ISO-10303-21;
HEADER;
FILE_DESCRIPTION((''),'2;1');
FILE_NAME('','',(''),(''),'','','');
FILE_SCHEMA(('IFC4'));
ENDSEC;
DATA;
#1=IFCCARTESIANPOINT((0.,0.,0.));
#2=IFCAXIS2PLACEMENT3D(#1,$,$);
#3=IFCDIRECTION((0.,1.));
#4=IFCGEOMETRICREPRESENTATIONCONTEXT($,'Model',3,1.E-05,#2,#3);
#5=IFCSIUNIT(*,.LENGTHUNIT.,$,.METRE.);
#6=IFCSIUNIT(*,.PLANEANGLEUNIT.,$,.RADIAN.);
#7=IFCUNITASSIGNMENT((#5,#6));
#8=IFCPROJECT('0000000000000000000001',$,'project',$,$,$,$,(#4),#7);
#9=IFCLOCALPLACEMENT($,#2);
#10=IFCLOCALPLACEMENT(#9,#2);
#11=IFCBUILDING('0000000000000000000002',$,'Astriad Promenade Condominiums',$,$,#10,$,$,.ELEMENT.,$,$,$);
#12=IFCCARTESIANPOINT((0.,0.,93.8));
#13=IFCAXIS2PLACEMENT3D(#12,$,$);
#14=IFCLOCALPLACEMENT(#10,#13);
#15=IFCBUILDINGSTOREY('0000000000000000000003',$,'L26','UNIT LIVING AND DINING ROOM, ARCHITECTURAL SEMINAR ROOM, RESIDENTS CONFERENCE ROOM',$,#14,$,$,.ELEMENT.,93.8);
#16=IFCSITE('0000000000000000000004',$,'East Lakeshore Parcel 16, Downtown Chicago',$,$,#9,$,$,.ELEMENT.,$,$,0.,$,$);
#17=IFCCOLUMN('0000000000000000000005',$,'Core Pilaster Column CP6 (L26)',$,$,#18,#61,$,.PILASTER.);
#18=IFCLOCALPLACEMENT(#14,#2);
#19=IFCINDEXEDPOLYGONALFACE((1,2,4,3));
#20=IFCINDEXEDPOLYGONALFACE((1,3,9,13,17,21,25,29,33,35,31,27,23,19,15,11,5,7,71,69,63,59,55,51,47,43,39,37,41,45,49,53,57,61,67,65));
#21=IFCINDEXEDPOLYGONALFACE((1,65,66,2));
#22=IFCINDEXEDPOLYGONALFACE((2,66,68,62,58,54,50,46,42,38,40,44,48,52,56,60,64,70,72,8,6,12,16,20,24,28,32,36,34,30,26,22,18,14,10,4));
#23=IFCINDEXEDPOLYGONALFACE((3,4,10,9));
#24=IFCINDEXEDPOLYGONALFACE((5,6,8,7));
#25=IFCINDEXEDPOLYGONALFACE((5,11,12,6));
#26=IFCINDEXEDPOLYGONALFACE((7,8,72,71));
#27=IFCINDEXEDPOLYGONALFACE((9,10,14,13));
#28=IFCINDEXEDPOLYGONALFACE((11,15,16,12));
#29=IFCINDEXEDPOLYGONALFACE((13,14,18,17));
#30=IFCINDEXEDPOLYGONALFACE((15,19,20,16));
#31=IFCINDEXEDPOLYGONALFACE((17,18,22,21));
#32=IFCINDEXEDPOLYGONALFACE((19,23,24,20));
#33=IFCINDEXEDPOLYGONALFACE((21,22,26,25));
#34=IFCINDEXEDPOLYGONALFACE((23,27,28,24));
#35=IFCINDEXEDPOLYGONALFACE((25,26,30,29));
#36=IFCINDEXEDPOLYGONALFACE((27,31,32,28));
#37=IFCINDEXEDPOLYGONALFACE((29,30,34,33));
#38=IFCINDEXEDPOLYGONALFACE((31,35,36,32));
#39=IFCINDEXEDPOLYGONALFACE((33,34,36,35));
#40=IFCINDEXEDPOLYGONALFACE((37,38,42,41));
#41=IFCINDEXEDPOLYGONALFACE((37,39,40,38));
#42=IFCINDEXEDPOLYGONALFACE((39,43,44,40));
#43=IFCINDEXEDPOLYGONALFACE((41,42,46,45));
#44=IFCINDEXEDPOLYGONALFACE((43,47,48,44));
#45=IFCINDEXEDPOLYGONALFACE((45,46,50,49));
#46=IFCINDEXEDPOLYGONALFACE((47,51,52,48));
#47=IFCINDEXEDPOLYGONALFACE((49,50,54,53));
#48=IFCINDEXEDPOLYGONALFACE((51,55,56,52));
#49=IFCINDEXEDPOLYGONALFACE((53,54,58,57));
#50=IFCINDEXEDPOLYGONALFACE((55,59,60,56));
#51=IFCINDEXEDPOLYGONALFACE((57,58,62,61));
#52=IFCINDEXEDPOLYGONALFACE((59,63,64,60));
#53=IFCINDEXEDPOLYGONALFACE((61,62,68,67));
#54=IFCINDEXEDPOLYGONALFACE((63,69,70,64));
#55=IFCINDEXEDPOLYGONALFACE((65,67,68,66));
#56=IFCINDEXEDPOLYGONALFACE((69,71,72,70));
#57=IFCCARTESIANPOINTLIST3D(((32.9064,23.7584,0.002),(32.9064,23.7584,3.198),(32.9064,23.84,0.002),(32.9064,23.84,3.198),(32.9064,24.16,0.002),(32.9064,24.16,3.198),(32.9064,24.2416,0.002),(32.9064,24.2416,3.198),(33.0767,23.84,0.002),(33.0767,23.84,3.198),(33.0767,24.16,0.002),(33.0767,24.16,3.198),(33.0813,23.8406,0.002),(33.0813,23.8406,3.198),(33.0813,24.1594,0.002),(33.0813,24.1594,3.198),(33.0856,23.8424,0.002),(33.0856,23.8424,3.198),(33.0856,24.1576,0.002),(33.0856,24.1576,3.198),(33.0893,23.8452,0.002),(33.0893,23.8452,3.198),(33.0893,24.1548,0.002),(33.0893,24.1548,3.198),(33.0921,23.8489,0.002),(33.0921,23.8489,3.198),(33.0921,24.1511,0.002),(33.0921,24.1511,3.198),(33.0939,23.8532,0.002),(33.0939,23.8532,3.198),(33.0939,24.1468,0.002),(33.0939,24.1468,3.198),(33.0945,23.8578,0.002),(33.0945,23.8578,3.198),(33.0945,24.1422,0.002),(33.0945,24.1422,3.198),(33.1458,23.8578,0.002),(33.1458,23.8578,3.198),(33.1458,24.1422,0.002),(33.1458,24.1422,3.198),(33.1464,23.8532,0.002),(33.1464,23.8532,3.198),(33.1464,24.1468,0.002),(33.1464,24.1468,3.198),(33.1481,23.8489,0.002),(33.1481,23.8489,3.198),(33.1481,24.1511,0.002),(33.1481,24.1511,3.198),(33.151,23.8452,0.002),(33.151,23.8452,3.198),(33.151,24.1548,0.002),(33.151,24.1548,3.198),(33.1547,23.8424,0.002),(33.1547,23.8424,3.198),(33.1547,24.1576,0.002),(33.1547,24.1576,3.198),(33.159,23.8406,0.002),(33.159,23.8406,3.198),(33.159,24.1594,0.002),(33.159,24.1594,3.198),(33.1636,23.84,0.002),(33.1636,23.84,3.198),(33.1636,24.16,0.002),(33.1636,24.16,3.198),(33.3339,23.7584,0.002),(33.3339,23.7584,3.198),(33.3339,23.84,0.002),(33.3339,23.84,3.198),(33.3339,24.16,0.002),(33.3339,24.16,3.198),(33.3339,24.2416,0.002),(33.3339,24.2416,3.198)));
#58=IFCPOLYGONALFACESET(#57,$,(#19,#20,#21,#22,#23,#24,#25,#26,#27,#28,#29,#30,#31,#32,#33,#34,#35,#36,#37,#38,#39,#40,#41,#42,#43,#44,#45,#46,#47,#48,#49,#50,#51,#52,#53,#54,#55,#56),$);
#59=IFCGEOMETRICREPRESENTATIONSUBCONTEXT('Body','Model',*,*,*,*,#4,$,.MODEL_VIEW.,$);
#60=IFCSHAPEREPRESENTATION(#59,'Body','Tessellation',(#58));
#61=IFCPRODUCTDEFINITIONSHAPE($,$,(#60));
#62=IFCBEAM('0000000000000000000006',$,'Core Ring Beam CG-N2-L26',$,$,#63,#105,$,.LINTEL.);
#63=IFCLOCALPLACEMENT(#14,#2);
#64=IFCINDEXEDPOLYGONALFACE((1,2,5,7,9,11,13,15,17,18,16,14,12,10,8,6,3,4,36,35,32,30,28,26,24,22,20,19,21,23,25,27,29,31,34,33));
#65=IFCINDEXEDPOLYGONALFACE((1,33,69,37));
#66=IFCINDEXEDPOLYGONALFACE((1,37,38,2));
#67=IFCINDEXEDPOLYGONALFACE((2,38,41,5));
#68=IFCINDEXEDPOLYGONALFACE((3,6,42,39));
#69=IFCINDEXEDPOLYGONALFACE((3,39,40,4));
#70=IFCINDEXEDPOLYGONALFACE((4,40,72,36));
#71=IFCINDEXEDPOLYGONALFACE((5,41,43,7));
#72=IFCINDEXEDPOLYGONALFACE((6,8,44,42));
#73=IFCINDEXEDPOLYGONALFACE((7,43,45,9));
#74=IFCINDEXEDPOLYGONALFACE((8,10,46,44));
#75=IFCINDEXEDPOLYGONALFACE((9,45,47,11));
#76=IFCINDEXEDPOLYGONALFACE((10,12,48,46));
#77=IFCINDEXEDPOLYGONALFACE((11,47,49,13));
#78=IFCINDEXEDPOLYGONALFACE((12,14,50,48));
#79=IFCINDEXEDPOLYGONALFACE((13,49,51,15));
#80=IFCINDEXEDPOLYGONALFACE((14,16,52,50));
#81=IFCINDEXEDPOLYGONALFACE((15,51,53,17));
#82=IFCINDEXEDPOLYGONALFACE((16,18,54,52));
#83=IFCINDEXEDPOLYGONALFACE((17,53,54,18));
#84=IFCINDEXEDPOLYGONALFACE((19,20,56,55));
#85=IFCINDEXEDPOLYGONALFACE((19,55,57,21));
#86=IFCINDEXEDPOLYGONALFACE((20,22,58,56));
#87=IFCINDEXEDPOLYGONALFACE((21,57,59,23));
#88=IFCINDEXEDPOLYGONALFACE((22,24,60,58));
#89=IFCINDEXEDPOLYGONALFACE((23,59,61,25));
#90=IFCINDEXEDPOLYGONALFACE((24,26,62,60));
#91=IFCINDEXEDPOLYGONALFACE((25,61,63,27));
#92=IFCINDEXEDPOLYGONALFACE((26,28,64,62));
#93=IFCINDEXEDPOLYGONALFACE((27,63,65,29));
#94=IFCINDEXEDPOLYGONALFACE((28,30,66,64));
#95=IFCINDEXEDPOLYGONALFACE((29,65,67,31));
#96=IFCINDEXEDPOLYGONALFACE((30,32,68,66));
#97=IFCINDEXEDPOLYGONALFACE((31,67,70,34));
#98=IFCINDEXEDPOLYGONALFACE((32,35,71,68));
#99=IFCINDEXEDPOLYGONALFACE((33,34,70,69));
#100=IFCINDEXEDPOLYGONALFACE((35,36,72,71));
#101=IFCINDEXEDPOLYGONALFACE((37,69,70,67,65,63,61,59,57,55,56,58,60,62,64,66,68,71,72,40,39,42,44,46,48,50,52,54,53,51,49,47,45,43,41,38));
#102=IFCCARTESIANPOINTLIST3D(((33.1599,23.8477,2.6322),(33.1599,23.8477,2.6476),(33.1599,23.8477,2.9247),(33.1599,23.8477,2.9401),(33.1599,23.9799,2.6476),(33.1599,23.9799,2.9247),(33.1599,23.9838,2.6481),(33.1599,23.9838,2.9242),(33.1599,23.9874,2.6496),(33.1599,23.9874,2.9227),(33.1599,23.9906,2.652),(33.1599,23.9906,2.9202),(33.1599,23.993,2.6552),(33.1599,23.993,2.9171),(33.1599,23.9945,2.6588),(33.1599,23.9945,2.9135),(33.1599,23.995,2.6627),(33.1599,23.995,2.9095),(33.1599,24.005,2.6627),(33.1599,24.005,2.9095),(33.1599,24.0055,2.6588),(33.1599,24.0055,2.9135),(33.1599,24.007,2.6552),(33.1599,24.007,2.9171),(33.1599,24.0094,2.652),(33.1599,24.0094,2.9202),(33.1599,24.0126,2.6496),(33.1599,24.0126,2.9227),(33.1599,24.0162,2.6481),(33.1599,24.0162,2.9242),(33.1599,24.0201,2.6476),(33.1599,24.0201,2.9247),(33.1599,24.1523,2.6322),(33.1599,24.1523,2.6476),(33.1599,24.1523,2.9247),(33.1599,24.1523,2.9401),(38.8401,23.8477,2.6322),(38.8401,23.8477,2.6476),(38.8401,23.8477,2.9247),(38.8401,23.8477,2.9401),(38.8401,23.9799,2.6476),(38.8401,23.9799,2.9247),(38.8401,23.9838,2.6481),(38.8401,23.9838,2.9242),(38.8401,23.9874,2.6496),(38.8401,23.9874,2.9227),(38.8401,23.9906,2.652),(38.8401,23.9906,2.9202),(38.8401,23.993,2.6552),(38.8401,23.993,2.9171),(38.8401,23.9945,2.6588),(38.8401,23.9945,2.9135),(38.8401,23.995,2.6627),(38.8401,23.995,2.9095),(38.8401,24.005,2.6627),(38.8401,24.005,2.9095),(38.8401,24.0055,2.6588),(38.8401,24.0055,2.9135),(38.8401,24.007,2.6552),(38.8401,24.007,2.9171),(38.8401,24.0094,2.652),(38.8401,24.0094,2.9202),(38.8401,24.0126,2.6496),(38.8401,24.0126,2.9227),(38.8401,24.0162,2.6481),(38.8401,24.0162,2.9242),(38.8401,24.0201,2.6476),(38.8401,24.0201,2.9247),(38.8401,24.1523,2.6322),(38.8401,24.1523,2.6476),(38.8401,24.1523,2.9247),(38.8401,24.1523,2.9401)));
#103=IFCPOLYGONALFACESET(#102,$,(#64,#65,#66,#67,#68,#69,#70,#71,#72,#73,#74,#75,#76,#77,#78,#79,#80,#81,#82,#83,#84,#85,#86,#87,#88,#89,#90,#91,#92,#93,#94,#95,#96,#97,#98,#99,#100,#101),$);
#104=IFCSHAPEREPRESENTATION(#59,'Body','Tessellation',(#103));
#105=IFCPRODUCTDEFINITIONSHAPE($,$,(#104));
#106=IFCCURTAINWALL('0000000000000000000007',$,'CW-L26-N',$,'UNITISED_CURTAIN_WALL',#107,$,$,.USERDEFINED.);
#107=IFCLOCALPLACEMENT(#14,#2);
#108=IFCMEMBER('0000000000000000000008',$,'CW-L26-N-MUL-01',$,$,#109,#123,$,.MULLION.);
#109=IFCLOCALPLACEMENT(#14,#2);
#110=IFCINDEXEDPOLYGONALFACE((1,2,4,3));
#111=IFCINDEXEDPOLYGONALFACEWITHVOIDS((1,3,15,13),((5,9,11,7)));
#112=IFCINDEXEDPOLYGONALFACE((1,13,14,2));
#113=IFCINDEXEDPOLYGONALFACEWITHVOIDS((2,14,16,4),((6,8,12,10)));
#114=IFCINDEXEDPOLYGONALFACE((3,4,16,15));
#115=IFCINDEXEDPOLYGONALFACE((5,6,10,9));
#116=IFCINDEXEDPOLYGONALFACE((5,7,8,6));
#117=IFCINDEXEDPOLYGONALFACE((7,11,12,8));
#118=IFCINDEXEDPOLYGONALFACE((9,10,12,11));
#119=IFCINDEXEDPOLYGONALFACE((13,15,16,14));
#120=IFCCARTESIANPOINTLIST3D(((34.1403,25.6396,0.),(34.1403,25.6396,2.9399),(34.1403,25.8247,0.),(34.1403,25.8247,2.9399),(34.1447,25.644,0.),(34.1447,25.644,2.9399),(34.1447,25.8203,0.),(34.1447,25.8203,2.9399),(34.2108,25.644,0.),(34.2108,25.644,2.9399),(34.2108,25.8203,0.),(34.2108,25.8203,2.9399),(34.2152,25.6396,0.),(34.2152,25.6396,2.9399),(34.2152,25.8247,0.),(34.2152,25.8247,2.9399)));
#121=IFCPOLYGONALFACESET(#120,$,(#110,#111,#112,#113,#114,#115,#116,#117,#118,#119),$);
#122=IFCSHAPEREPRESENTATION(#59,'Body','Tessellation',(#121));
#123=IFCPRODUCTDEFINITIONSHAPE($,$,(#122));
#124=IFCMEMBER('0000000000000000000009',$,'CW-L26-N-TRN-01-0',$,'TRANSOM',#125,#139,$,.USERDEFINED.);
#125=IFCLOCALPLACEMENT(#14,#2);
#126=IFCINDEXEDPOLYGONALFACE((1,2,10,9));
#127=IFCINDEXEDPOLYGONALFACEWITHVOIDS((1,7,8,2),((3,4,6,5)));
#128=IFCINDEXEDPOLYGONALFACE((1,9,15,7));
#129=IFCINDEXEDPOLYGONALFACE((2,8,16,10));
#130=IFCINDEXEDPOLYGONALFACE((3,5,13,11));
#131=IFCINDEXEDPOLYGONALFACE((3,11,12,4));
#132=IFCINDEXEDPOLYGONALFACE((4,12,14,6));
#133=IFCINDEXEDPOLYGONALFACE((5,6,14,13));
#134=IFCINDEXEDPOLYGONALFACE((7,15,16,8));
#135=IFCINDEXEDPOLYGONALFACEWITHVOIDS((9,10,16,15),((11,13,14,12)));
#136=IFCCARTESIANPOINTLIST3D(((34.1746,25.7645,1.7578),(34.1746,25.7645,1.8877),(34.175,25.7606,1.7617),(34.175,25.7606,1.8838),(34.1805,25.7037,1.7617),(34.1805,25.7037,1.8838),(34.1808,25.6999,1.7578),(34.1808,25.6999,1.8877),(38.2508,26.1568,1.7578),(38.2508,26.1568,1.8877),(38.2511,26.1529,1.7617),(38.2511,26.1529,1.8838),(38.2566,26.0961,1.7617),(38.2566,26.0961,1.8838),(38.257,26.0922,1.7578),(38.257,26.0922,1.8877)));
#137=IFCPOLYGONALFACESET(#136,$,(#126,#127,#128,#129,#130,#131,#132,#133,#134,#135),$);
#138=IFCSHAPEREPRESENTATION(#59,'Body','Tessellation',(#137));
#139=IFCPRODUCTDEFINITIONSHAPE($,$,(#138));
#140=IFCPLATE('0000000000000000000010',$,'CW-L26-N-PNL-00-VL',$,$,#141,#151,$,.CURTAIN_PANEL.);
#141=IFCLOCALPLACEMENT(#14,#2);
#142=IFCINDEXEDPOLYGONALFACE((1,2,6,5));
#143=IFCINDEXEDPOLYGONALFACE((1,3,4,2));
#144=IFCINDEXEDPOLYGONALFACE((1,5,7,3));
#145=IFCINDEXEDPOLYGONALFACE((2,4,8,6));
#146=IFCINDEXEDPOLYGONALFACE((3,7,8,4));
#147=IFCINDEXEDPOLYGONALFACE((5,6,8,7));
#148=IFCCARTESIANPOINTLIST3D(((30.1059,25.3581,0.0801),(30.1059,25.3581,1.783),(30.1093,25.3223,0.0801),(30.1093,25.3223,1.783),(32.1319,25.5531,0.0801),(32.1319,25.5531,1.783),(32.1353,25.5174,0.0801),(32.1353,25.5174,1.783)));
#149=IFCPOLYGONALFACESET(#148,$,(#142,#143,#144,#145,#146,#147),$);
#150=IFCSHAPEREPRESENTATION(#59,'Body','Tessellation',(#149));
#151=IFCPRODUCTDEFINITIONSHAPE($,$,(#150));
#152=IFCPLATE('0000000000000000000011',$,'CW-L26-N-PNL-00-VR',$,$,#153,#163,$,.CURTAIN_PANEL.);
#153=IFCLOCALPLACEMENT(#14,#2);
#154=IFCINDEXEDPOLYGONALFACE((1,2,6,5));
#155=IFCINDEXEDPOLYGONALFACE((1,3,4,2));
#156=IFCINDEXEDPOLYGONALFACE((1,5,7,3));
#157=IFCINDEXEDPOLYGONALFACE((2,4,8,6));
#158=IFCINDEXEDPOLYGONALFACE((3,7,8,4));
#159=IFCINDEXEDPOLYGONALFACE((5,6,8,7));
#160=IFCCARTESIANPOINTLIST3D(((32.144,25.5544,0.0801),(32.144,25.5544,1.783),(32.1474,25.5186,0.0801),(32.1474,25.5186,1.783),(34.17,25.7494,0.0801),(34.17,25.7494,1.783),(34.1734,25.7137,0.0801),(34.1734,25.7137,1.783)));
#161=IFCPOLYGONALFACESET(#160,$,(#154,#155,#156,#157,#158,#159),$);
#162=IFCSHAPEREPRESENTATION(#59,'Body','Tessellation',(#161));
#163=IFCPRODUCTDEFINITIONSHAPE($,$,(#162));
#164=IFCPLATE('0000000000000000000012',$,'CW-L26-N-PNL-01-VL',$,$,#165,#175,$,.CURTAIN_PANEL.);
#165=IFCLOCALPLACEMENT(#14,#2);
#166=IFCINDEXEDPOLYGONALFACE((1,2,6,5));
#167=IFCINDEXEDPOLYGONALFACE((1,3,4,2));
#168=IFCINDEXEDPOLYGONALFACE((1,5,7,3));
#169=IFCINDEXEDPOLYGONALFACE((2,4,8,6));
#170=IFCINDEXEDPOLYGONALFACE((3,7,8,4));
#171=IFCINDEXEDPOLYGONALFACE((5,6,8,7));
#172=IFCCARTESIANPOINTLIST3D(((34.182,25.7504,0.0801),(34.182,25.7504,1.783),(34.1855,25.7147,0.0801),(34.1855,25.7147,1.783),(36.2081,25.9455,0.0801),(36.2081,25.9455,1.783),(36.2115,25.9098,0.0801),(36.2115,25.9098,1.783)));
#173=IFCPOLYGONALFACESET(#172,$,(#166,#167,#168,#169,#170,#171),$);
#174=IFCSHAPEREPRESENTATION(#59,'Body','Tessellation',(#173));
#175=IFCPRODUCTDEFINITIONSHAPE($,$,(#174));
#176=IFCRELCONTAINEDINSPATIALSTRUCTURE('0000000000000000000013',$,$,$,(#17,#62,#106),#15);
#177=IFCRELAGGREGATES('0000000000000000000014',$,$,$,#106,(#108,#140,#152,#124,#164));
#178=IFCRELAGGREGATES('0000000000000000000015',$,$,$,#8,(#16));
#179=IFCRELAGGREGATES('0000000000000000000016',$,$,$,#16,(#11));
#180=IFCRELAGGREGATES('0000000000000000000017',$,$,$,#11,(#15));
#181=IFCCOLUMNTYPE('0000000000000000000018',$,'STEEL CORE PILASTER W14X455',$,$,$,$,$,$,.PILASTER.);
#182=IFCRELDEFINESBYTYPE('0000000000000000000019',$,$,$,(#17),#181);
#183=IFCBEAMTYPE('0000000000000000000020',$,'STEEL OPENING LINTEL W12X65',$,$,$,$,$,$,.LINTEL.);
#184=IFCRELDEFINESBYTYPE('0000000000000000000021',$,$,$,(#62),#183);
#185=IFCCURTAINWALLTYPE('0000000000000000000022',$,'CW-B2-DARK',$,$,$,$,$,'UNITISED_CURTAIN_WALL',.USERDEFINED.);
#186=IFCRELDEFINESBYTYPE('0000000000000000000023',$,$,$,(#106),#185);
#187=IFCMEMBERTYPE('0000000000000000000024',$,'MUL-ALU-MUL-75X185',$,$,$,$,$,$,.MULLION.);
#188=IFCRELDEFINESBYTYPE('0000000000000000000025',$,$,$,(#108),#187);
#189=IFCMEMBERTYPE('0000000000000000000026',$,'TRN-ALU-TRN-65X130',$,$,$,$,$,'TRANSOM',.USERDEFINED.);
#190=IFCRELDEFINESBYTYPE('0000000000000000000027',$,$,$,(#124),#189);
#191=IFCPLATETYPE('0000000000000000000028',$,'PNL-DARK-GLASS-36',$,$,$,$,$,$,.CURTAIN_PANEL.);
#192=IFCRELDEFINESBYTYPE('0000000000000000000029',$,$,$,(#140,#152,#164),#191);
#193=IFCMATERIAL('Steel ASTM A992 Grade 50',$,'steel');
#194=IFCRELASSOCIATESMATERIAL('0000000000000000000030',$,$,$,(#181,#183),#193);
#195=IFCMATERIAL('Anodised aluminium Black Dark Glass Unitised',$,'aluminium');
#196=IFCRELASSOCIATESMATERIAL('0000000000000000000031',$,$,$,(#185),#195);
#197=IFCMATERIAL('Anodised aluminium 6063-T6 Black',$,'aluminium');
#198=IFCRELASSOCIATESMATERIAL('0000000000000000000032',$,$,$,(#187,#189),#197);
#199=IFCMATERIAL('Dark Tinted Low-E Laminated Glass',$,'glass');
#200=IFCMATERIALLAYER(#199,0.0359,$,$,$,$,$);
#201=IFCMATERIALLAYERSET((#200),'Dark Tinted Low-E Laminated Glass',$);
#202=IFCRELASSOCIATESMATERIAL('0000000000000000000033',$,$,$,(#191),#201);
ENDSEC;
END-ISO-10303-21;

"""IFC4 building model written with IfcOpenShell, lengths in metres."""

from ifc_helpers import new_model, si_unit, direction, frame, origin, origin_2d, place, context, subcontext, project, spatial, rectangle, hollow_rectangle, i_section, extrude, source, transform, mapped, material, layer, layer_set, material_profile, profile_set, type_object, type_shapes, element, aggregate, save


model = new_model("IFC4")

# Units and contexts
model_context = context("Model", 3, precision=1e-05, world=origin(), true_north=direction((0.0, 1.0)))
body_context = subcontext(model_context, "Body", "Model", "MODEL_VIEW")
ifc_project = project(units=[si_unit("LENGTHUNIT", "METRE"), si_unit("PLANEANGLEUNIT", "RADIAN")], contexts=[model_context])

# Site, building, storey
site_placement = place(None, origin())
site = spatial("IfcSite", under=ifc_project, at=site_placement, Name="East Lakeshore Parcel 16, Downtown Chicago", CompositionType="ELEMENT", RefElevation=0.0)
building_placement = place(site_placement, origin())
building = spatial("IfcBuilding", under=site, at=building_placement, Name="Astriad Promenade Condominiums", CompositionType="ELEMENT")
storey_placement = place(building_placement, frame((0.0, 0.0, 93.8)))
storey = spatial("IfcBuildingStorey", under=building, at=storey_placement, Name="L26", Description="UNIT LIVING AND DINING ROOM, ARCHITECTURAL SEMINAR ROOM, RESIDENTS CONFERENCE ROOM", CompositionType="ELEMENT", Elevation=93.8)

# Column
ifc_material_1 = material(Name="Steel ASTM A992 Grade 50", Category="steel")
ifc_material_profile_1 = material_profile(ifc_material_1, i_section(OverallWidth=0.4275, OverallDepth=0.4832, WebThickness=0.0513, FlangeThickness=0.0815, FilletRadius=0.0178, at=origin_2d()), Name="W14X455")
ifc_profile_set_1 = profile_set([ifc_material_profile_1], Name="Steel ASTM A992 Grade 50")
column_type = type_object("IfcColumnType", Name="STEEL CORE PILASTER W14X455", PredefinedType="PILASTER", material=ifc_profile_set_1)
shared_shape_1 = source(origin(), body_context, "Body", "SweptSolid", [
    extrude(i_section(OverallWidth=0.4275, OverallDepth=0.4832, WebThickness=0.0513, FlangeThickness=0.0815, FilletRadius=0.0178, at=origin_2d()), origin(), (0.0, 0.0, 1.0), 3.196),
])
type_shapes(column_type, [shared_shape_1])
column_placement = place(storey_placement, frame((33.1201, 24.0, 0.002), z_axis=(0.0, 0.0, 1.0), x_axis=(1.0, 0.0, 0.0)))
element("IfcColumn", 1, at=column_placement, inside=storey, type_object=column_type, Name="Core Pilaster Column CP6 (L26)", PredefinedType="PILASTER", context=body_context, shape_type="MappedRepresentation", body=[
    mapped(shared_shape_1, transform((0.0, 0.0, 0.0), scale=1.0)),
])

# Beam
ifc_material_profile_2 = material_profile(ifc_material_1, i_section(OverallWidth=0.3047, OverallDepth=0.3079, WebThickness=0.01, FlangeThickness=0.0154, FilletRadius=0.0151, at=origin_2d()), Name="W12X65")
ifc_profile_set_2 = profile_set([ifc_material_profile_2], Name="Steel ASTM A992 Grade 50")
beam_type = type_object("IfcBeamType", Name="STEEL OPENING LINTEL W12X65", PredefinedType="LINTEL", material=ifc_profile_set_2)
shared_shape_2 = source(origin(), body_context, "Body", "SweptSolid", [
    extrude(i_section(OverallWidth=0.3047, OverallDepth=0.3079, WebThickness=0.01, FlangeThickness=0.0154, FilletRadius=0.0151, at=origin_2d()), origin(), (0.0, 0.0, 1.0), 5.6802),
])
type_shapes(beam_type, [shared_shape_2])
beam_placement = place(storey_placement, frame((33.1599, 24.0, 2.7861), z_axis=(1.0, 0.0, 0.0), x_axis=(0.0, 1.0, 0.0)))
element("IfcBeam", 2, at=beam_placement, inside=storey, type_object=beam_type, Name="Core Ring Beam CG-N2-L26", PredefinedType="LINTEL", context=body_context, shape_type="MappedRepresentation", body=[
    mapped(shared_shape_2, transform((0.0, 0.0, 0.0), scale=1.0)),
])

# Curtain wall, members, plates
ifc_material_2 = material(Name="Anodised aluminium Black Dark Glass Unitised", Category="aluminium")
curtain_wall_type = type_object("IfcCurtainWallType", Name="CW-B2-DARK", ElementType="UNITISED_CURTAIN_WALL", PredefinedType="USERDEFINED", material=ifc_material_2)
curtain_wall_placement = place(storey_placement, origin())
curtain_wall = element("IfcCurtainWall", 3, at=curtain_wall_placement, inside=storey, type_object=curtain_wall_type, Name="CW-L26-N", ObjectType="UNITISED_CURTAIN_WALL", PredefinedType="USERDEFINED")
ifc_material_3 = material(Name="Anodised aluminium 6063-T6 Black", Category="aluminium")
ifc_material_profile_3 = material_profile(ifc_material_3, hollow_rectangle(XDim=0.075, YDim=0.1851, WallThickness=0.0044, at=origin_2d()), Name="ALU-MUL-75X185")
ifc_profile_set_3 = profile_set([ifc_material_profile_3], Name="Anodised aluminium 6063-T6 Black")
member_type_1 = type_object("IfcMemberType", Name="MUL-ALU-MUL-75X185", PredefinedType="MULLION", material=ifc_profile_set_3)
shared_shape_3 = source(origin(), body_context, "Body", "SweptSolid", [
    extrude(hollow_rectangle(XDim=0.075, YDim=0.1851, WallThickness=0.0044, at=origin_2d()), origin(), (0.0, 0.0, 1.0), 2.9399),
])
type_shapes(member_type_1, [shared_shape_3])
member_1_placement = place(storey_placement, frame((34.1777, 25.7322, 0.0), z_axis=(0.0, 0.0, 1.0), x_axis=(1.0, 0.0, 0.0)))
member_1 = element("IfcMember", 4, at=member_1_placement, type_object=member_type_1, Name="CW-L26-N-MUL-01", PredefinedType="MULLION", context=body_context, shape_type="MappedRepresentation", body=[
    mapped(shared_shape_3, transform((0.0, 0.0, 0.0), scale=1.0)),
])
ifc_material_profile_4 = material_profile(ifc_material_3, hollow_rectangle(XDim=0.0649, YDim=0.1299, WallThickness=0.0039, at=origin_2d()), Name="ALU-TRN-65X130")
ifc_profile_set_4 = profile_set([ifc_material_profile_4], Name="Anodised aluminium 6063-T6 Black")
member_type_2 = type_object("IfcMemberType", Name="TRN-ALU-TRN-65X130", ElementType="TRANSOM", PredefinedType="USERDEFINED", material=ifc_profile_set_4)
shared_shape_4 = source(origin(), body_context, "Body", "SweptSolid", [
    extrude(hollow_rectangle(XDim=0.0649, YDim=0.1299, WallThickness=0.0039, at=origin_2d()), origin(), (0.0, 0.0, 1.0), 4.095),
])
type_shapes(member_type_2, [shared_shape_4])
member_2_placement = place(storey_placement, frame((34.1777, 25.7322, 1.8228), z_axis=(0.9954, 0.095808, 0.0), x_axis=(-0.095808, 0.9954, 0.0)))
member_2 = element("IfcMember", 5, at=member_2_placement, type_object=member_type_2, Name="CW-L26-N-TRN-01-0", ObjectType="TRANSOM", PredefinedType="USERDEFINED", context=body_context, shape_type="MappedRepresentation", body=[
    mapped(shared_shape_4, transform((0.0, 0.0, 0.0), scale=1.0)),
])
ifc_material_4 = material(Name="Dark Tinted Low-E Laminated Glass", Category="glass")
ifc_layer_1 = layer(ifc_material_4, 0.0359)
ifc_layer_set_1 = layer_set([ifc_layer_1], Name="Dark Tinted Low-E Laminated Glass")
plate_type = type_object("IfcPlateType", Name="PNL-DARK-GLASS-36", PredefinedType="CURTAIN_PANEL", material=ifc_layer_set_1)
shared_shape_5 = source(origin(), body_context, "Body", "SweptSolid", [
    extrude(rectangle(XDim=2.0354, YDim=0.0359, at=origin_2d()), origin(), (0.0, 0.0, 1.0), 1.7029),
])
plate_1_placement = place(storey_placement, frame((31.1206, 25.4377, 0.0801), z_axis=(0.0, 0.0, 1.0), x_axis=(0.995396, 0.095846, 0.0)))
plate_1 = element("IfcPlate", 6, at=plate_1_placement, type_object=plate_type, Name="CW-L26-N-PNL-00-VL", PredefinedType="CURTAIN_PANEL", context=body_context, shape_type="MappedRepresentation", body=[
    mapped(shared_shape_5, transform((0.0, 0.0, 0.0), scale=1.0)),
])
plate_2_placement = place(storey_placement, frame((33.1587, 25.634, 0.0801), z_axis=(0.0, 0.0, 1.0), x_axis=(0.995396, 0.095846, 0.0)))
plate_2 = element("IfcPlate", 7, at=plate_2_placement, type_object=plate_type, Name="CW-L26-N-PNL-00-VR", PredefinedType="CURTAIN_PANEL", context=body_context, shape_type="MappedRepresentation", body=[
    mapped(shared_shape_5, transform((0.0, 0.0, 0.0), scale=1.0)),
])
plate_3_placement = place(storey_placement, frame((35.1968, 25.8301, 0.0801), z_axis=(0.0, 0.0, 1.0), x_axis=(0.995396, 0.095846, 0.0)))
plate_3 = element("IfcPlate", 8, at=plate_3_placement, type_object=plate_type, Name="CW-L26-N-PNL-01-VL", PredefinedType="CURTAIN_PANEL", context=body_context, shape_type="MappedRepresentation", body=[
    mapped(shared_shape_5, transform((0.0, 0.0, 0.0), scale=1.0)),
])
aggregate(curtain_wall, [member_1, plate_1, plate_2, member_2, plate_3])

save(model, "model.ifc")
